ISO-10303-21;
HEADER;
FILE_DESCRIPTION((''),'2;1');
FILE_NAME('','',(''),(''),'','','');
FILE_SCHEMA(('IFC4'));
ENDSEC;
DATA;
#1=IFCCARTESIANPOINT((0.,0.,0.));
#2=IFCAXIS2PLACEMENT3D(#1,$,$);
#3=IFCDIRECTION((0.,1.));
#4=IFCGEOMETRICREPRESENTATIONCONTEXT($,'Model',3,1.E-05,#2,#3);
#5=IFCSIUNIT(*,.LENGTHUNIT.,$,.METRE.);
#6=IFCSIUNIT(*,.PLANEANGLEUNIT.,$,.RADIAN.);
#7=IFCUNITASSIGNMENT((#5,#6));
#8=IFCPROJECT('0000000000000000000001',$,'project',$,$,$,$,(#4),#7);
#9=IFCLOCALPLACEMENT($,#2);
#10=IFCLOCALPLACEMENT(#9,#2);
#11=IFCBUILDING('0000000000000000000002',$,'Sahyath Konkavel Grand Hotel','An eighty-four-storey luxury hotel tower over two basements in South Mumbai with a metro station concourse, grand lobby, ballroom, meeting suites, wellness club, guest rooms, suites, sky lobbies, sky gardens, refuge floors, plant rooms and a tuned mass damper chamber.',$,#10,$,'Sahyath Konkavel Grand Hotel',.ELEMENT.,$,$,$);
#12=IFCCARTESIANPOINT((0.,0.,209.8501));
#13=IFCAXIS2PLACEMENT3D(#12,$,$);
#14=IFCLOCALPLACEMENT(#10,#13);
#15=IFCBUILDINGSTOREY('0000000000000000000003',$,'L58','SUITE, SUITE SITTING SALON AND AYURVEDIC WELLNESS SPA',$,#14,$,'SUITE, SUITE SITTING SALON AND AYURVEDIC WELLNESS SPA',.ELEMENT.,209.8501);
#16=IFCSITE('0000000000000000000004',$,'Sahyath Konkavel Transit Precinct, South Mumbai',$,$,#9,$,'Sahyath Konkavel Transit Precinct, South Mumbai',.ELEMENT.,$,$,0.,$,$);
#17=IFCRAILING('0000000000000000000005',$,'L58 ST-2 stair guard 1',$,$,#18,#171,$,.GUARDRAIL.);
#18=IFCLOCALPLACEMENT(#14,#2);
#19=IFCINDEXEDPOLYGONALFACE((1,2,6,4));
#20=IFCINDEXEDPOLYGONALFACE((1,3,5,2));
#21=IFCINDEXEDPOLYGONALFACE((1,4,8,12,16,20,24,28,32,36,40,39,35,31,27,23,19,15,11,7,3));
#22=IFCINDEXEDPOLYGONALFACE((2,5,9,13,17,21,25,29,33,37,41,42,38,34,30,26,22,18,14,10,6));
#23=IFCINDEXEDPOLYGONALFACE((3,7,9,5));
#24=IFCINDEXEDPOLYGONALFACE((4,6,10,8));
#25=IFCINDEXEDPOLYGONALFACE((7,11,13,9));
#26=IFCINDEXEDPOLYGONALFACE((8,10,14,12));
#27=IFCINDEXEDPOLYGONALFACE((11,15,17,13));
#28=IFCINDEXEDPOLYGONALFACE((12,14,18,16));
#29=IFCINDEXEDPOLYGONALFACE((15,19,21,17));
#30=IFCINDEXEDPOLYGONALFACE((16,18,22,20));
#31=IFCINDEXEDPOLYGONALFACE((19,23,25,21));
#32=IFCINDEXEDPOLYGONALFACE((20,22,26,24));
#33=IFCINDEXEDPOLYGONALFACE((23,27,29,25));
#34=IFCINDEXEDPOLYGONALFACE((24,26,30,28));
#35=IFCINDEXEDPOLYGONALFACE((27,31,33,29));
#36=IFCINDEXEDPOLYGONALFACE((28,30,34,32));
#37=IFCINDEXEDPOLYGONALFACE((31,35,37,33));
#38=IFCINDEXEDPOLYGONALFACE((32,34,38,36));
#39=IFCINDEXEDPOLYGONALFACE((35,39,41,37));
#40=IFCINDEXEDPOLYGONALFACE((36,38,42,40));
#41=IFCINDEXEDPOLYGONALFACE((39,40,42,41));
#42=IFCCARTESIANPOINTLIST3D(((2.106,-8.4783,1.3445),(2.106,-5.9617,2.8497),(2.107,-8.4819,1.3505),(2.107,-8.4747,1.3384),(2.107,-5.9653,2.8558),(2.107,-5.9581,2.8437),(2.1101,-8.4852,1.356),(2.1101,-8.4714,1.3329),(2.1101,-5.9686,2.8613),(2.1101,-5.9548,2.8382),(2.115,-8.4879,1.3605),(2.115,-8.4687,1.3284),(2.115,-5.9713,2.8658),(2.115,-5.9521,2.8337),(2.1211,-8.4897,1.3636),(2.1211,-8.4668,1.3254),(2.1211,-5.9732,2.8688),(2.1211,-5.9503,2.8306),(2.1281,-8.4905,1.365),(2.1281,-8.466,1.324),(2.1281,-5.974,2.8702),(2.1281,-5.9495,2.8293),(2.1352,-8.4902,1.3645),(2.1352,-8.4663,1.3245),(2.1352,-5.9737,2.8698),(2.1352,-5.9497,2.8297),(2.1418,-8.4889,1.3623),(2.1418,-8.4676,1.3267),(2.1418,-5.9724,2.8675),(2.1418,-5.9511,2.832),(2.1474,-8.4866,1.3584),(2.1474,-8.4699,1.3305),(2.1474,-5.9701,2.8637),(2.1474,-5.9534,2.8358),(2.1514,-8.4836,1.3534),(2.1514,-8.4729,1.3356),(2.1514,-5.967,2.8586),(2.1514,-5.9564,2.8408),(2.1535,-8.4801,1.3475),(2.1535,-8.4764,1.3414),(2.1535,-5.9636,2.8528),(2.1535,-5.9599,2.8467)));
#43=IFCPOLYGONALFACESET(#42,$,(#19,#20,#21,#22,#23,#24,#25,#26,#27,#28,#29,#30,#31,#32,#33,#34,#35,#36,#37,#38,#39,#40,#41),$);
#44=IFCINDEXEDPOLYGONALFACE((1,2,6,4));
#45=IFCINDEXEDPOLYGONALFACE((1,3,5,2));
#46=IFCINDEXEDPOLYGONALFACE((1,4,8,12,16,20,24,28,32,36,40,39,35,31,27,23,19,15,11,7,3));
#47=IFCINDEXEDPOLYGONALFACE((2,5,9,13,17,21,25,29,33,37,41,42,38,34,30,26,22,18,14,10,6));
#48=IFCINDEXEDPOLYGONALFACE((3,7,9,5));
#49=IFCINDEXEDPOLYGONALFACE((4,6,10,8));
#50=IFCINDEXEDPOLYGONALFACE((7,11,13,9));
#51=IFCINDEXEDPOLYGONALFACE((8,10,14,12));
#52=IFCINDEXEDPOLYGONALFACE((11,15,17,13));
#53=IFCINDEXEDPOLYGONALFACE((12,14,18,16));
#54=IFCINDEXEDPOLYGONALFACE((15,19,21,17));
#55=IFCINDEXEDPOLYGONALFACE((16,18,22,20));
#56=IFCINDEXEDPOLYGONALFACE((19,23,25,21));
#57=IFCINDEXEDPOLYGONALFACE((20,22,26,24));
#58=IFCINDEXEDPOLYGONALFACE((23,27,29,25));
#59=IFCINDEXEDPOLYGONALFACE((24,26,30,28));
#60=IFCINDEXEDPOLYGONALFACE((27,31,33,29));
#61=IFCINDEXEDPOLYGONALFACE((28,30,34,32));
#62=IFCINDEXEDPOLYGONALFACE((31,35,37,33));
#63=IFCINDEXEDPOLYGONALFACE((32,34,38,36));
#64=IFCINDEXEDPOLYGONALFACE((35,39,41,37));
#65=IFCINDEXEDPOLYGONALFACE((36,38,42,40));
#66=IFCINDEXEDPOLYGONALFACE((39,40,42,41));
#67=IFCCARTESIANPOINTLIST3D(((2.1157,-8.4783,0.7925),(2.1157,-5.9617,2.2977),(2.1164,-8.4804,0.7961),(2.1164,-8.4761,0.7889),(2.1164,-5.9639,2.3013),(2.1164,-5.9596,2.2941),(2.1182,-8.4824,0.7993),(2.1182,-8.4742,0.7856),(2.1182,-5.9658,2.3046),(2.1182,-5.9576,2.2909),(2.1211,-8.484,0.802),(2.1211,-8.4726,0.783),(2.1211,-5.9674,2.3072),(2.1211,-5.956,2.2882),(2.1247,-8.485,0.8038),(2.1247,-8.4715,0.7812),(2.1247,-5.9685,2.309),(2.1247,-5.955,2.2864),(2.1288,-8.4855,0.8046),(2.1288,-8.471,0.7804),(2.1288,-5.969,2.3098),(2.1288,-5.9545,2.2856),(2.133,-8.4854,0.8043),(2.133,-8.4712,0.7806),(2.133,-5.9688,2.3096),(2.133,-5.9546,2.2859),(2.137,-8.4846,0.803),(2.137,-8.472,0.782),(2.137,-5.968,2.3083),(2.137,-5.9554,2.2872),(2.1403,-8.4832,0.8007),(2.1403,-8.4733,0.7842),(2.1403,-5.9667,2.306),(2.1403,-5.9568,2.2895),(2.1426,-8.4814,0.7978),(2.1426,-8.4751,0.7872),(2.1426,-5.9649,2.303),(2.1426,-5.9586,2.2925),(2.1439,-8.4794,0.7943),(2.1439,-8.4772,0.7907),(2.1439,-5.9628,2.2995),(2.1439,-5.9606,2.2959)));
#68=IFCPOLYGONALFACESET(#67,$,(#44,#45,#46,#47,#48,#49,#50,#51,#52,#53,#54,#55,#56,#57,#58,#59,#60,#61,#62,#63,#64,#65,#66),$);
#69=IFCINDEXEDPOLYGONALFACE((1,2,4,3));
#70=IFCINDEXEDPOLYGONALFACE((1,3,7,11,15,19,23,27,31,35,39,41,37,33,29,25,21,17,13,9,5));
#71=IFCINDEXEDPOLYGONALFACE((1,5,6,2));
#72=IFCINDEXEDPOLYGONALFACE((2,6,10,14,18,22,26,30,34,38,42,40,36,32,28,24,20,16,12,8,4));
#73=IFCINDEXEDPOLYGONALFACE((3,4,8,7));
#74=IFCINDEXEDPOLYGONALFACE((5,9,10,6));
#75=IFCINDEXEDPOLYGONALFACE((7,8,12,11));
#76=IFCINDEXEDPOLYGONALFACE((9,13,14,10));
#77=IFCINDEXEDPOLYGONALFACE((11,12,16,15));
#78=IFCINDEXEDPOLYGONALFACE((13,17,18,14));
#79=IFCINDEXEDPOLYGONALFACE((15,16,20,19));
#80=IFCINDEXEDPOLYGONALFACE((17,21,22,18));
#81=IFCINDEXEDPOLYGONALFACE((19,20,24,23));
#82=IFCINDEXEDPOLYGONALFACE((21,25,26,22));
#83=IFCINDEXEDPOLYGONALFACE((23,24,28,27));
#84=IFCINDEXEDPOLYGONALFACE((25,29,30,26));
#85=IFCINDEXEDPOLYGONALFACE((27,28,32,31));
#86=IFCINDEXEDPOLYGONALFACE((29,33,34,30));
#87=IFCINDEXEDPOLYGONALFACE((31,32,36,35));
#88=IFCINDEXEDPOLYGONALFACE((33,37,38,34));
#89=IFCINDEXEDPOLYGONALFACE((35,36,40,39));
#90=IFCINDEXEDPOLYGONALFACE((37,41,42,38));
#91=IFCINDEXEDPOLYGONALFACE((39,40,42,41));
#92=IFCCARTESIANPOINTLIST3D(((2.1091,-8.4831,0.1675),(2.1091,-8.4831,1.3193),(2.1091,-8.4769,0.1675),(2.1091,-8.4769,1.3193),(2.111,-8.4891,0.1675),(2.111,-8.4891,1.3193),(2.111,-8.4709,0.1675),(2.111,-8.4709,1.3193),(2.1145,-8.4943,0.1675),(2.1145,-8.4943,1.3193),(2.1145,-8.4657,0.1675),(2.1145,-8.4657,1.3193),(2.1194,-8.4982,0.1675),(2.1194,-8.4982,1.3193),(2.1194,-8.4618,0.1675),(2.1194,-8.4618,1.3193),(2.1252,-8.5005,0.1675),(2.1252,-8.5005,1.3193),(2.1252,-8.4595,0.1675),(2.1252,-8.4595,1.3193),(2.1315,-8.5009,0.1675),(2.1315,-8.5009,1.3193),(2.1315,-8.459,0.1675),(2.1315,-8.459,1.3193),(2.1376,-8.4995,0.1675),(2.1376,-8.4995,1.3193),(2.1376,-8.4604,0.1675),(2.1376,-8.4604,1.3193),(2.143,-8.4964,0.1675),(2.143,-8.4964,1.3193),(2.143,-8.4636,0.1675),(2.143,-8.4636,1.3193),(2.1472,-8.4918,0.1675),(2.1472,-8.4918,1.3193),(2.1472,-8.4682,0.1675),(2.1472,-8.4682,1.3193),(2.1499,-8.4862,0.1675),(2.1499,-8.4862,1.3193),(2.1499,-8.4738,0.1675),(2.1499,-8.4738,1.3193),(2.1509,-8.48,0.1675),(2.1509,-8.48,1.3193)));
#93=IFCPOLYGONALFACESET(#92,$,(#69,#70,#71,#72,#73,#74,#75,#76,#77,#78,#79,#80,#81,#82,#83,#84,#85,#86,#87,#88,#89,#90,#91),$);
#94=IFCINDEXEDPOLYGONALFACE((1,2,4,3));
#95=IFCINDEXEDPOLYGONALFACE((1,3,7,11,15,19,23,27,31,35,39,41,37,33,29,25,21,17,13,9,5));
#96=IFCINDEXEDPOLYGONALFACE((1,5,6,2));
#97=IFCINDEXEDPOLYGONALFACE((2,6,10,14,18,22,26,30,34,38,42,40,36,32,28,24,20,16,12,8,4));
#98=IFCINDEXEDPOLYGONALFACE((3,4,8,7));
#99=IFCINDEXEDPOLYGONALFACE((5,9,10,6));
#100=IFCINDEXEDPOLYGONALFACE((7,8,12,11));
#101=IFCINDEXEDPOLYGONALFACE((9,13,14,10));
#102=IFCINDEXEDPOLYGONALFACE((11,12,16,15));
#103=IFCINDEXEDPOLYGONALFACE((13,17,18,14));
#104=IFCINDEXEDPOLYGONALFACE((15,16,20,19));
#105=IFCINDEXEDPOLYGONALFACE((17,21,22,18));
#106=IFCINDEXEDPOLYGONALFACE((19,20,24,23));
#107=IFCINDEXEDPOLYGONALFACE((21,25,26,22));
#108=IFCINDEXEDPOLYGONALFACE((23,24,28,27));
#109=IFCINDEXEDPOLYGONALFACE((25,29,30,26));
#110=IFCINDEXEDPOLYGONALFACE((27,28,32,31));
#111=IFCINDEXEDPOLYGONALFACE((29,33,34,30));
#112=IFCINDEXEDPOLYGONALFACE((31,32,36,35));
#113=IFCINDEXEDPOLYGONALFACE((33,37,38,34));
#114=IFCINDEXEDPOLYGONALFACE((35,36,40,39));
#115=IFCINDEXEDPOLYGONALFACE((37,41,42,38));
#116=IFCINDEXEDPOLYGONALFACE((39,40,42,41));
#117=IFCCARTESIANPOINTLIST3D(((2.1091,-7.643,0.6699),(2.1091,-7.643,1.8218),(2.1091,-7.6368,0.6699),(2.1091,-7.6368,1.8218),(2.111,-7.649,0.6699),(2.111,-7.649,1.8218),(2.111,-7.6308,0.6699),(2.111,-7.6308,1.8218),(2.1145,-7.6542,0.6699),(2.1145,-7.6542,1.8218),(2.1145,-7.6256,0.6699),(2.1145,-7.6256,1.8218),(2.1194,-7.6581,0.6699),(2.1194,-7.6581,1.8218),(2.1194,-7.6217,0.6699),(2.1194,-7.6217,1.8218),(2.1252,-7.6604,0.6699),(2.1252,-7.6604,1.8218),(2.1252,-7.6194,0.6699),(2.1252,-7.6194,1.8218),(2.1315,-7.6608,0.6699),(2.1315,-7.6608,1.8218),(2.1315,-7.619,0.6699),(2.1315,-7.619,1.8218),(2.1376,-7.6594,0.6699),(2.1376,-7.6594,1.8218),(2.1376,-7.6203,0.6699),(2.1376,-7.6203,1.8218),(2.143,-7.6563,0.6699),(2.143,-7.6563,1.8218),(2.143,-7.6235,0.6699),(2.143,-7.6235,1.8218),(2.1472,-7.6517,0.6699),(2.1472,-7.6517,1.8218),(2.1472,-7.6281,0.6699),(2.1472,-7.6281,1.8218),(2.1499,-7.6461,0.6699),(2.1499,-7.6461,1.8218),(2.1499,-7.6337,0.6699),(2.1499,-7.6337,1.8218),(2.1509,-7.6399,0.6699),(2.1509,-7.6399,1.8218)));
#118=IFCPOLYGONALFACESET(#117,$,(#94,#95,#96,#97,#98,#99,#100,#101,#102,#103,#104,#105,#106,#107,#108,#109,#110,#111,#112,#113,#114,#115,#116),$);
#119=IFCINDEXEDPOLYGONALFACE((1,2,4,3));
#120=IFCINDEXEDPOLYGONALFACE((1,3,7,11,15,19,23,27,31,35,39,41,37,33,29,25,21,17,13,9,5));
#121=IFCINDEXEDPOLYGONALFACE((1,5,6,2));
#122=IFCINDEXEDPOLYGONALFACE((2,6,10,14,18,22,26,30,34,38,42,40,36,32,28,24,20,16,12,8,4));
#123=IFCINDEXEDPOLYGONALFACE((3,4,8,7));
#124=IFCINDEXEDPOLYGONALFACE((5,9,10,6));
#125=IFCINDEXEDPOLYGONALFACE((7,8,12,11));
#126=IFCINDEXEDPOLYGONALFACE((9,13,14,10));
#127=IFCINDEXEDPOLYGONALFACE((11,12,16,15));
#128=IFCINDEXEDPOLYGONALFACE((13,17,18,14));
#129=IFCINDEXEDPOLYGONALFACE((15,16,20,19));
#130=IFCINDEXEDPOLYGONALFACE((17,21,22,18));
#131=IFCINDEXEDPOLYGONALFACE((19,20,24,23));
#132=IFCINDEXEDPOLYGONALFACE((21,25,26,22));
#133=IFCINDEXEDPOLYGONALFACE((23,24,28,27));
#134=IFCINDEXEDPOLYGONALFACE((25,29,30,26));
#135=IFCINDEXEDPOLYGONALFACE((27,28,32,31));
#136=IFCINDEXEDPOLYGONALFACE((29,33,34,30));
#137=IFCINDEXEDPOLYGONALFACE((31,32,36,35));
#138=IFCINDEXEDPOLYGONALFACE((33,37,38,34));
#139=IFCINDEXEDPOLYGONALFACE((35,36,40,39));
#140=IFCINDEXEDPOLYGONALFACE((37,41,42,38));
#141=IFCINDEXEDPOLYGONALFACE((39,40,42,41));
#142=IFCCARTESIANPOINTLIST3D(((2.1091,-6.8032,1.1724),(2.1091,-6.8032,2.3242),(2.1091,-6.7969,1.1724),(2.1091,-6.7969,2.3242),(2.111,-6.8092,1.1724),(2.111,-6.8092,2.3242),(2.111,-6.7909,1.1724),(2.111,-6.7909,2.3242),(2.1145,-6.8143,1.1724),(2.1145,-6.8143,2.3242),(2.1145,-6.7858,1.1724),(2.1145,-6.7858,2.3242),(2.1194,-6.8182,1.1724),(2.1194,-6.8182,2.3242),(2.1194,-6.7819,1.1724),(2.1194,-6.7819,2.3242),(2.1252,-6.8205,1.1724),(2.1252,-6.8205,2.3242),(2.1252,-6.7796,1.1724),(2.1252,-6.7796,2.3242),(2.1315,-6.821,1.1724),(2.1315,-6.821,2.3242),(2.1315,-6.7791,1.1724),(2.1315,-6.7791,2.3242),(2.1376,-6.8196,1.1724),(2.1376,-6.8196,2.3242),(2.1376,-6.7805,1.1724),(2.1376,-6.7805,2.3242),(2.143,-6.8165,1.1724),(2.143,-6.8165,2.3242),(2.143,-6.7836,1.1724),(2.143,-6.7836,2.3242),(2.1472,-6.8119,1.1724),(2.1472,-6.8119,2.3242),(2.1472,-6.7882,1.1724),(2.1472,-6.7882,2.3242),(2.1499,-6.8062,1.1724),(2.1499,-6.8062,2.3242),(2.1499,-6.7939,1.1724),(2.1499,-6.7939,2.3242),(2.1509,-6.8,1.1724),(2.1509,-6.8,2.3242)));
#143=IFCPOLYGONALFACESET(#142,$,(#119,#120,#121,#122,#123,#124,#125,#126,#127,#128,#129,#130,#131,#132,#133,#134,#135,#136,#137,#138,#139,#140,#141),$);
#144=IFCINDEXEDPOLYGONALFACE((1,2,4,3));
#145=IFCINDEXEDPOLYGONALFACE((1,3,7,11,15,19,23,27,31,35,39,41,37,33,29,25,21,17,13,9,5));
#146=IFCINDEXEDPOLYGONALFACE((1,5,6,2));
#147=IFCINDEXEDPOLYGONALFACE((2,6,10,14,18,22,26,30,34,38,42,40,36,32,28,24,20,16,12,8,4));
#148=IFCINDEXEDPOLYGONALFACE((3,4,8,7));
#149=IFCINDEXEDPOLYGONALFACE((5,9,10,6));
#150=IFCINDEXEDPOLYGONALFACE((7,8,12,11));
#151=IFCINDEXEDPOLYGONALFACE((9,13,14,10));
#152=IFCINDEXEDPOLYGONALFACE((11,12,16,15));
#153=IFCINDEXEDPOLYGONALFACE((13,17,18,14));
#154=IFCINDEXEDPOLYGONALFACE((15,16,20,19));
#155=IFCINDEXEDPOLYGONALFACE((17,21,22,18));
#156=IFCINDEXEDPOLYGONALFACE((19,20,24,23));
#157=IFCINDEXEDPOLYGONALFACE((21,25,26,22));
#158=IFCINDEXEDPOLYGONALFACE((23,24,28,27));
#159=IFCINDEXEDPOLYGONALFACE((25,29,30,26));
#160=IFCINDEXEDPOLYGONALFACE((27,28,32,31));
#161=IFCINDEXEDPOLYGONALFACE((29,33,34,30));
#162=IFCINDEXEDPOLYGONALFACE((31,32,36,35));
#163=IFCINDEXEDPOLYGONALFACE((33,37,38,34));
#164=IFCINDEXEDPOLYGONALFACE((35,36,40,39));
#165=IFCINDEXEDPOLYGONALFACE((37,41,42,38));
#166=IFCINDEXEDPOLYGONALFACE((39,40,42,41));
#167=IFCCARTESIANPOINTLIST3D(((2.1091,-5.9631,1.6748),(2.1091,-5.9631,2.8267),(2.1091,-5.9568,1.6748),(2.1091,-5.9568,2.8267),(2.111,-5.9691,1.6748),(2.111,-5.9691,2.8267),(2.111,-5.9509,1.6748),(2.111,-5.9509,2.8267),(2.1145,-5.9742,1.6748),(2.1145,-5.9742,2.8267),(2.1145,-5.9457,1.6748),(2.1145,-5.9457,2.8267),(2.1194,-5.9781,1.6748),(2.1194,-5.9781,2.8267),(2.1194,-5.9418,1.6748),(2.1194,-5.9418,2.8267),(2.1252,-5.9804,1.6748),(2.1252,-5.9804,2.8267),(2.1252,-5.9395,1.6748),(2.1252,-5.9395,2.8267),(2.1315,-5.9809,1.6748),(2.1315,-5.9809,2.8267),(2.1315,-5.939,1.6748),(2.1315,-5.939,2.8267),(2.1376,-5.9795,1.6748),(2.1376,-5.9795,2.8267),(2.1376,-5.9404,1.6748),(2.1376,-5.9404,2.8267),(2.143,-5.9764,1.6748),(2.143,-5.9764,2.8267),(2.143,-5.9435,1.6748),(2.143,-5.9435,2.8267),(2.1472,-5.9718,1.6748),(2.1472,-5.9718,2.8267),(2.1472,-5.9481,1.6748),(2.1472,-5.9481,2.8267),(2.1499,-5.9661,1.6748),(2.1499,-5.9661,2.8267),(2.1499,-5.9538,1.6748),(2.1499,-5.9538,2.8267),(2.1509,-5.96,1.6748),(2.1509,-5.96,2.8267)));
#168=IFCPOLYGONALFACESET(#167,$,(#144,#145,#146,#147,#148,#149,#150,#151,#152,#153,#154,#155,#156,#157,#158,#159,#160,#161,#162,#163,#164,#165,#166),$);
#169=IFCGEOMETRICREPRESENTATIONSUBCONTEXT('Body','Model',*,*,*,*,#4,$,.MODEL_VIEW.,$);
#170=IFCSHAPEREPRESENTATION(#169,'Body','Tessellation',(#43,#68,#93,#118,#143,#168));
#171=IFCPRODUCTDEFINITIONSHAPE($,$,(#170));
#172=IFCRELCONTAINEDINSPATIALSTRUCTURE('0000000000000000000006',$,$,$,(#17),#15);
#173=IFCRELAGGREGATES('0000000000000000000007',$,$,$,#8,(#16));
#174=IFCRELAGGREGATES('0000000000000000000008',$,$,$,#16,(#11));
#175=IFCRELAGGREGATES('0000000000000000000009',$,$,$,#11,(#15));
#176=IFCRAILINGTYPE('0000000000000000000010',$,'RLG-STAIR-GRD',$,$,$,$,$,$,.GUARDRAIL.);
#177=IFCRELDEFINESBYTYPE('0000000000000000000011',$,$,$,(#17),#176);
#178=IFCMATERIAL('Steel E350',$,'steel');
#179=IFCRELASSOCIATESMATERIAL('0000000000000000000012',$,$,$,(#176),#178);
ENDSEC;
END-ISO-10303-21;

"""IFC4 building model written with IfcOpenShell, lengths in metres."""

from ifc_helpers import new_model, si_unit, direction, frame, origin, origin_2d, place, context, subcontext, project, spatial, circle, extrude, material, type_object, element, save


model = new_model("IFC4")

# Units and contexts
model_context = context("Model", 3, precision=1e-05, world=origin(), true_north=direction((0.0, 1.0)))
body_context = subcontext(model_context, "Body", "Model", "MODEL_VIEW")
ifc_project = project(units=[si_unit("LENGTHUNIT", "METRE"), si_unit("PLANEANGLEUNIT", "RADIAN")], contexts=[model_context])

# Site, building, storey
site_placement = place(None, origin())
site = spatial("IfcSite", under=ifc_project, at=site_placement, Name="Sahyath Konkavel Transit Precinct, South Mumbai", LongName="Sahyath Konkavel Transit Precinct, South Mumbai", CompositionType="ELEMENT", RefElevation=0.0)
building_placement = place(site_placement, origin())
building = spatial("IfcBuilding", under=site, at=building_placement, Name="Sahyath Konkavel Grand Hotel", Description="An eighty-four-storey luxury hotel tower over two basements in South Mumbai with a metro station concourse, grand lobby, ballroom, meeting suites, wellness club, guest rooms, suites, sky lobbies, sky gardens, refuge floors, plant rooms and a tuned mass damper chamber.", LongName="Sahyath Konkavel Grand Hotel", CompositionType="ELEMENT")
storey_placement = place(building_placement, frame((0.0, 0.0, 209.8501)))
storey = spatial("IfcBuildingStorey", under=building, at=storey_placement, Name="L58", Description="SUITE, SUITE SITTING SALON AND AYURVEDIC WELLNESS SPA", LongName="SUITE, SUITE SITTING SALON AND AYURVEDIC WELLNESS SPA", CompositionType="ELEMENT", Elevation=209.8501)

# Shared definitions
ifc_material_1 = material(Name="Steel E350", Category="steel")

# Railing
railing_type = type_object("IfcRailingType", Name="RLG-STAIR-GRD", PredefinedType="GUARDRAIL", material=ifc_material_1)
railing_1_placement = place(storey_placement, frame((2.1299, -8.48, 0.1675)))
element("IfcRailing", 1, at=railing_1_placement, inside=storey, type_object=railing_type, Name="L58 ST-2 stair guard 1", PredefinedType="GUARDRAIL", context=body_context, shape_type="SweptSolid", body=[
    extrude(circle(Radius=0.0239, at=origin_2d()), frame((0.0, 0.0017, 1.177), z_axis=(0.0, 0.858196, 0.513321), x_axis=(-1.0, 0.0, 0.0)), (0.0, 0.0, 1.0), 2.9324),
    extrude(circle(Radius=0.0142, at=origin_2d()), frame((0.0, 0.0017, 0.625), z_axis=(0.0, 0.858196, 0.513321), x_axis=(-1.0, 0.0, 0.0)), (0.0, 0.0, 1.0), 2.9324),
    extrude(circle(Radius=0.021, at=origin_2d()), origin(), (0.0, 0.0, 1.0), 1.1519),
    extrude(circle(Radius=0.021, at=origin_2d()), frame((0.0, 0.8401, 0.5024)), (0.0, 0.0, 1.0), 1.1519),
    extrude(circle(Radius=0.021, at=origin_2d()), frame((0.0, 1.6799, 1.0049)), (0.0, 0.0, 1.0), 1.1519),
    extrude(circle(Radius=0.021, at=origin_2d()), frame((0.0, 2.52, 1.5073)), (0.0, 0.0, 1.0), 1.1519),
])

save(model, "model.ifc")
